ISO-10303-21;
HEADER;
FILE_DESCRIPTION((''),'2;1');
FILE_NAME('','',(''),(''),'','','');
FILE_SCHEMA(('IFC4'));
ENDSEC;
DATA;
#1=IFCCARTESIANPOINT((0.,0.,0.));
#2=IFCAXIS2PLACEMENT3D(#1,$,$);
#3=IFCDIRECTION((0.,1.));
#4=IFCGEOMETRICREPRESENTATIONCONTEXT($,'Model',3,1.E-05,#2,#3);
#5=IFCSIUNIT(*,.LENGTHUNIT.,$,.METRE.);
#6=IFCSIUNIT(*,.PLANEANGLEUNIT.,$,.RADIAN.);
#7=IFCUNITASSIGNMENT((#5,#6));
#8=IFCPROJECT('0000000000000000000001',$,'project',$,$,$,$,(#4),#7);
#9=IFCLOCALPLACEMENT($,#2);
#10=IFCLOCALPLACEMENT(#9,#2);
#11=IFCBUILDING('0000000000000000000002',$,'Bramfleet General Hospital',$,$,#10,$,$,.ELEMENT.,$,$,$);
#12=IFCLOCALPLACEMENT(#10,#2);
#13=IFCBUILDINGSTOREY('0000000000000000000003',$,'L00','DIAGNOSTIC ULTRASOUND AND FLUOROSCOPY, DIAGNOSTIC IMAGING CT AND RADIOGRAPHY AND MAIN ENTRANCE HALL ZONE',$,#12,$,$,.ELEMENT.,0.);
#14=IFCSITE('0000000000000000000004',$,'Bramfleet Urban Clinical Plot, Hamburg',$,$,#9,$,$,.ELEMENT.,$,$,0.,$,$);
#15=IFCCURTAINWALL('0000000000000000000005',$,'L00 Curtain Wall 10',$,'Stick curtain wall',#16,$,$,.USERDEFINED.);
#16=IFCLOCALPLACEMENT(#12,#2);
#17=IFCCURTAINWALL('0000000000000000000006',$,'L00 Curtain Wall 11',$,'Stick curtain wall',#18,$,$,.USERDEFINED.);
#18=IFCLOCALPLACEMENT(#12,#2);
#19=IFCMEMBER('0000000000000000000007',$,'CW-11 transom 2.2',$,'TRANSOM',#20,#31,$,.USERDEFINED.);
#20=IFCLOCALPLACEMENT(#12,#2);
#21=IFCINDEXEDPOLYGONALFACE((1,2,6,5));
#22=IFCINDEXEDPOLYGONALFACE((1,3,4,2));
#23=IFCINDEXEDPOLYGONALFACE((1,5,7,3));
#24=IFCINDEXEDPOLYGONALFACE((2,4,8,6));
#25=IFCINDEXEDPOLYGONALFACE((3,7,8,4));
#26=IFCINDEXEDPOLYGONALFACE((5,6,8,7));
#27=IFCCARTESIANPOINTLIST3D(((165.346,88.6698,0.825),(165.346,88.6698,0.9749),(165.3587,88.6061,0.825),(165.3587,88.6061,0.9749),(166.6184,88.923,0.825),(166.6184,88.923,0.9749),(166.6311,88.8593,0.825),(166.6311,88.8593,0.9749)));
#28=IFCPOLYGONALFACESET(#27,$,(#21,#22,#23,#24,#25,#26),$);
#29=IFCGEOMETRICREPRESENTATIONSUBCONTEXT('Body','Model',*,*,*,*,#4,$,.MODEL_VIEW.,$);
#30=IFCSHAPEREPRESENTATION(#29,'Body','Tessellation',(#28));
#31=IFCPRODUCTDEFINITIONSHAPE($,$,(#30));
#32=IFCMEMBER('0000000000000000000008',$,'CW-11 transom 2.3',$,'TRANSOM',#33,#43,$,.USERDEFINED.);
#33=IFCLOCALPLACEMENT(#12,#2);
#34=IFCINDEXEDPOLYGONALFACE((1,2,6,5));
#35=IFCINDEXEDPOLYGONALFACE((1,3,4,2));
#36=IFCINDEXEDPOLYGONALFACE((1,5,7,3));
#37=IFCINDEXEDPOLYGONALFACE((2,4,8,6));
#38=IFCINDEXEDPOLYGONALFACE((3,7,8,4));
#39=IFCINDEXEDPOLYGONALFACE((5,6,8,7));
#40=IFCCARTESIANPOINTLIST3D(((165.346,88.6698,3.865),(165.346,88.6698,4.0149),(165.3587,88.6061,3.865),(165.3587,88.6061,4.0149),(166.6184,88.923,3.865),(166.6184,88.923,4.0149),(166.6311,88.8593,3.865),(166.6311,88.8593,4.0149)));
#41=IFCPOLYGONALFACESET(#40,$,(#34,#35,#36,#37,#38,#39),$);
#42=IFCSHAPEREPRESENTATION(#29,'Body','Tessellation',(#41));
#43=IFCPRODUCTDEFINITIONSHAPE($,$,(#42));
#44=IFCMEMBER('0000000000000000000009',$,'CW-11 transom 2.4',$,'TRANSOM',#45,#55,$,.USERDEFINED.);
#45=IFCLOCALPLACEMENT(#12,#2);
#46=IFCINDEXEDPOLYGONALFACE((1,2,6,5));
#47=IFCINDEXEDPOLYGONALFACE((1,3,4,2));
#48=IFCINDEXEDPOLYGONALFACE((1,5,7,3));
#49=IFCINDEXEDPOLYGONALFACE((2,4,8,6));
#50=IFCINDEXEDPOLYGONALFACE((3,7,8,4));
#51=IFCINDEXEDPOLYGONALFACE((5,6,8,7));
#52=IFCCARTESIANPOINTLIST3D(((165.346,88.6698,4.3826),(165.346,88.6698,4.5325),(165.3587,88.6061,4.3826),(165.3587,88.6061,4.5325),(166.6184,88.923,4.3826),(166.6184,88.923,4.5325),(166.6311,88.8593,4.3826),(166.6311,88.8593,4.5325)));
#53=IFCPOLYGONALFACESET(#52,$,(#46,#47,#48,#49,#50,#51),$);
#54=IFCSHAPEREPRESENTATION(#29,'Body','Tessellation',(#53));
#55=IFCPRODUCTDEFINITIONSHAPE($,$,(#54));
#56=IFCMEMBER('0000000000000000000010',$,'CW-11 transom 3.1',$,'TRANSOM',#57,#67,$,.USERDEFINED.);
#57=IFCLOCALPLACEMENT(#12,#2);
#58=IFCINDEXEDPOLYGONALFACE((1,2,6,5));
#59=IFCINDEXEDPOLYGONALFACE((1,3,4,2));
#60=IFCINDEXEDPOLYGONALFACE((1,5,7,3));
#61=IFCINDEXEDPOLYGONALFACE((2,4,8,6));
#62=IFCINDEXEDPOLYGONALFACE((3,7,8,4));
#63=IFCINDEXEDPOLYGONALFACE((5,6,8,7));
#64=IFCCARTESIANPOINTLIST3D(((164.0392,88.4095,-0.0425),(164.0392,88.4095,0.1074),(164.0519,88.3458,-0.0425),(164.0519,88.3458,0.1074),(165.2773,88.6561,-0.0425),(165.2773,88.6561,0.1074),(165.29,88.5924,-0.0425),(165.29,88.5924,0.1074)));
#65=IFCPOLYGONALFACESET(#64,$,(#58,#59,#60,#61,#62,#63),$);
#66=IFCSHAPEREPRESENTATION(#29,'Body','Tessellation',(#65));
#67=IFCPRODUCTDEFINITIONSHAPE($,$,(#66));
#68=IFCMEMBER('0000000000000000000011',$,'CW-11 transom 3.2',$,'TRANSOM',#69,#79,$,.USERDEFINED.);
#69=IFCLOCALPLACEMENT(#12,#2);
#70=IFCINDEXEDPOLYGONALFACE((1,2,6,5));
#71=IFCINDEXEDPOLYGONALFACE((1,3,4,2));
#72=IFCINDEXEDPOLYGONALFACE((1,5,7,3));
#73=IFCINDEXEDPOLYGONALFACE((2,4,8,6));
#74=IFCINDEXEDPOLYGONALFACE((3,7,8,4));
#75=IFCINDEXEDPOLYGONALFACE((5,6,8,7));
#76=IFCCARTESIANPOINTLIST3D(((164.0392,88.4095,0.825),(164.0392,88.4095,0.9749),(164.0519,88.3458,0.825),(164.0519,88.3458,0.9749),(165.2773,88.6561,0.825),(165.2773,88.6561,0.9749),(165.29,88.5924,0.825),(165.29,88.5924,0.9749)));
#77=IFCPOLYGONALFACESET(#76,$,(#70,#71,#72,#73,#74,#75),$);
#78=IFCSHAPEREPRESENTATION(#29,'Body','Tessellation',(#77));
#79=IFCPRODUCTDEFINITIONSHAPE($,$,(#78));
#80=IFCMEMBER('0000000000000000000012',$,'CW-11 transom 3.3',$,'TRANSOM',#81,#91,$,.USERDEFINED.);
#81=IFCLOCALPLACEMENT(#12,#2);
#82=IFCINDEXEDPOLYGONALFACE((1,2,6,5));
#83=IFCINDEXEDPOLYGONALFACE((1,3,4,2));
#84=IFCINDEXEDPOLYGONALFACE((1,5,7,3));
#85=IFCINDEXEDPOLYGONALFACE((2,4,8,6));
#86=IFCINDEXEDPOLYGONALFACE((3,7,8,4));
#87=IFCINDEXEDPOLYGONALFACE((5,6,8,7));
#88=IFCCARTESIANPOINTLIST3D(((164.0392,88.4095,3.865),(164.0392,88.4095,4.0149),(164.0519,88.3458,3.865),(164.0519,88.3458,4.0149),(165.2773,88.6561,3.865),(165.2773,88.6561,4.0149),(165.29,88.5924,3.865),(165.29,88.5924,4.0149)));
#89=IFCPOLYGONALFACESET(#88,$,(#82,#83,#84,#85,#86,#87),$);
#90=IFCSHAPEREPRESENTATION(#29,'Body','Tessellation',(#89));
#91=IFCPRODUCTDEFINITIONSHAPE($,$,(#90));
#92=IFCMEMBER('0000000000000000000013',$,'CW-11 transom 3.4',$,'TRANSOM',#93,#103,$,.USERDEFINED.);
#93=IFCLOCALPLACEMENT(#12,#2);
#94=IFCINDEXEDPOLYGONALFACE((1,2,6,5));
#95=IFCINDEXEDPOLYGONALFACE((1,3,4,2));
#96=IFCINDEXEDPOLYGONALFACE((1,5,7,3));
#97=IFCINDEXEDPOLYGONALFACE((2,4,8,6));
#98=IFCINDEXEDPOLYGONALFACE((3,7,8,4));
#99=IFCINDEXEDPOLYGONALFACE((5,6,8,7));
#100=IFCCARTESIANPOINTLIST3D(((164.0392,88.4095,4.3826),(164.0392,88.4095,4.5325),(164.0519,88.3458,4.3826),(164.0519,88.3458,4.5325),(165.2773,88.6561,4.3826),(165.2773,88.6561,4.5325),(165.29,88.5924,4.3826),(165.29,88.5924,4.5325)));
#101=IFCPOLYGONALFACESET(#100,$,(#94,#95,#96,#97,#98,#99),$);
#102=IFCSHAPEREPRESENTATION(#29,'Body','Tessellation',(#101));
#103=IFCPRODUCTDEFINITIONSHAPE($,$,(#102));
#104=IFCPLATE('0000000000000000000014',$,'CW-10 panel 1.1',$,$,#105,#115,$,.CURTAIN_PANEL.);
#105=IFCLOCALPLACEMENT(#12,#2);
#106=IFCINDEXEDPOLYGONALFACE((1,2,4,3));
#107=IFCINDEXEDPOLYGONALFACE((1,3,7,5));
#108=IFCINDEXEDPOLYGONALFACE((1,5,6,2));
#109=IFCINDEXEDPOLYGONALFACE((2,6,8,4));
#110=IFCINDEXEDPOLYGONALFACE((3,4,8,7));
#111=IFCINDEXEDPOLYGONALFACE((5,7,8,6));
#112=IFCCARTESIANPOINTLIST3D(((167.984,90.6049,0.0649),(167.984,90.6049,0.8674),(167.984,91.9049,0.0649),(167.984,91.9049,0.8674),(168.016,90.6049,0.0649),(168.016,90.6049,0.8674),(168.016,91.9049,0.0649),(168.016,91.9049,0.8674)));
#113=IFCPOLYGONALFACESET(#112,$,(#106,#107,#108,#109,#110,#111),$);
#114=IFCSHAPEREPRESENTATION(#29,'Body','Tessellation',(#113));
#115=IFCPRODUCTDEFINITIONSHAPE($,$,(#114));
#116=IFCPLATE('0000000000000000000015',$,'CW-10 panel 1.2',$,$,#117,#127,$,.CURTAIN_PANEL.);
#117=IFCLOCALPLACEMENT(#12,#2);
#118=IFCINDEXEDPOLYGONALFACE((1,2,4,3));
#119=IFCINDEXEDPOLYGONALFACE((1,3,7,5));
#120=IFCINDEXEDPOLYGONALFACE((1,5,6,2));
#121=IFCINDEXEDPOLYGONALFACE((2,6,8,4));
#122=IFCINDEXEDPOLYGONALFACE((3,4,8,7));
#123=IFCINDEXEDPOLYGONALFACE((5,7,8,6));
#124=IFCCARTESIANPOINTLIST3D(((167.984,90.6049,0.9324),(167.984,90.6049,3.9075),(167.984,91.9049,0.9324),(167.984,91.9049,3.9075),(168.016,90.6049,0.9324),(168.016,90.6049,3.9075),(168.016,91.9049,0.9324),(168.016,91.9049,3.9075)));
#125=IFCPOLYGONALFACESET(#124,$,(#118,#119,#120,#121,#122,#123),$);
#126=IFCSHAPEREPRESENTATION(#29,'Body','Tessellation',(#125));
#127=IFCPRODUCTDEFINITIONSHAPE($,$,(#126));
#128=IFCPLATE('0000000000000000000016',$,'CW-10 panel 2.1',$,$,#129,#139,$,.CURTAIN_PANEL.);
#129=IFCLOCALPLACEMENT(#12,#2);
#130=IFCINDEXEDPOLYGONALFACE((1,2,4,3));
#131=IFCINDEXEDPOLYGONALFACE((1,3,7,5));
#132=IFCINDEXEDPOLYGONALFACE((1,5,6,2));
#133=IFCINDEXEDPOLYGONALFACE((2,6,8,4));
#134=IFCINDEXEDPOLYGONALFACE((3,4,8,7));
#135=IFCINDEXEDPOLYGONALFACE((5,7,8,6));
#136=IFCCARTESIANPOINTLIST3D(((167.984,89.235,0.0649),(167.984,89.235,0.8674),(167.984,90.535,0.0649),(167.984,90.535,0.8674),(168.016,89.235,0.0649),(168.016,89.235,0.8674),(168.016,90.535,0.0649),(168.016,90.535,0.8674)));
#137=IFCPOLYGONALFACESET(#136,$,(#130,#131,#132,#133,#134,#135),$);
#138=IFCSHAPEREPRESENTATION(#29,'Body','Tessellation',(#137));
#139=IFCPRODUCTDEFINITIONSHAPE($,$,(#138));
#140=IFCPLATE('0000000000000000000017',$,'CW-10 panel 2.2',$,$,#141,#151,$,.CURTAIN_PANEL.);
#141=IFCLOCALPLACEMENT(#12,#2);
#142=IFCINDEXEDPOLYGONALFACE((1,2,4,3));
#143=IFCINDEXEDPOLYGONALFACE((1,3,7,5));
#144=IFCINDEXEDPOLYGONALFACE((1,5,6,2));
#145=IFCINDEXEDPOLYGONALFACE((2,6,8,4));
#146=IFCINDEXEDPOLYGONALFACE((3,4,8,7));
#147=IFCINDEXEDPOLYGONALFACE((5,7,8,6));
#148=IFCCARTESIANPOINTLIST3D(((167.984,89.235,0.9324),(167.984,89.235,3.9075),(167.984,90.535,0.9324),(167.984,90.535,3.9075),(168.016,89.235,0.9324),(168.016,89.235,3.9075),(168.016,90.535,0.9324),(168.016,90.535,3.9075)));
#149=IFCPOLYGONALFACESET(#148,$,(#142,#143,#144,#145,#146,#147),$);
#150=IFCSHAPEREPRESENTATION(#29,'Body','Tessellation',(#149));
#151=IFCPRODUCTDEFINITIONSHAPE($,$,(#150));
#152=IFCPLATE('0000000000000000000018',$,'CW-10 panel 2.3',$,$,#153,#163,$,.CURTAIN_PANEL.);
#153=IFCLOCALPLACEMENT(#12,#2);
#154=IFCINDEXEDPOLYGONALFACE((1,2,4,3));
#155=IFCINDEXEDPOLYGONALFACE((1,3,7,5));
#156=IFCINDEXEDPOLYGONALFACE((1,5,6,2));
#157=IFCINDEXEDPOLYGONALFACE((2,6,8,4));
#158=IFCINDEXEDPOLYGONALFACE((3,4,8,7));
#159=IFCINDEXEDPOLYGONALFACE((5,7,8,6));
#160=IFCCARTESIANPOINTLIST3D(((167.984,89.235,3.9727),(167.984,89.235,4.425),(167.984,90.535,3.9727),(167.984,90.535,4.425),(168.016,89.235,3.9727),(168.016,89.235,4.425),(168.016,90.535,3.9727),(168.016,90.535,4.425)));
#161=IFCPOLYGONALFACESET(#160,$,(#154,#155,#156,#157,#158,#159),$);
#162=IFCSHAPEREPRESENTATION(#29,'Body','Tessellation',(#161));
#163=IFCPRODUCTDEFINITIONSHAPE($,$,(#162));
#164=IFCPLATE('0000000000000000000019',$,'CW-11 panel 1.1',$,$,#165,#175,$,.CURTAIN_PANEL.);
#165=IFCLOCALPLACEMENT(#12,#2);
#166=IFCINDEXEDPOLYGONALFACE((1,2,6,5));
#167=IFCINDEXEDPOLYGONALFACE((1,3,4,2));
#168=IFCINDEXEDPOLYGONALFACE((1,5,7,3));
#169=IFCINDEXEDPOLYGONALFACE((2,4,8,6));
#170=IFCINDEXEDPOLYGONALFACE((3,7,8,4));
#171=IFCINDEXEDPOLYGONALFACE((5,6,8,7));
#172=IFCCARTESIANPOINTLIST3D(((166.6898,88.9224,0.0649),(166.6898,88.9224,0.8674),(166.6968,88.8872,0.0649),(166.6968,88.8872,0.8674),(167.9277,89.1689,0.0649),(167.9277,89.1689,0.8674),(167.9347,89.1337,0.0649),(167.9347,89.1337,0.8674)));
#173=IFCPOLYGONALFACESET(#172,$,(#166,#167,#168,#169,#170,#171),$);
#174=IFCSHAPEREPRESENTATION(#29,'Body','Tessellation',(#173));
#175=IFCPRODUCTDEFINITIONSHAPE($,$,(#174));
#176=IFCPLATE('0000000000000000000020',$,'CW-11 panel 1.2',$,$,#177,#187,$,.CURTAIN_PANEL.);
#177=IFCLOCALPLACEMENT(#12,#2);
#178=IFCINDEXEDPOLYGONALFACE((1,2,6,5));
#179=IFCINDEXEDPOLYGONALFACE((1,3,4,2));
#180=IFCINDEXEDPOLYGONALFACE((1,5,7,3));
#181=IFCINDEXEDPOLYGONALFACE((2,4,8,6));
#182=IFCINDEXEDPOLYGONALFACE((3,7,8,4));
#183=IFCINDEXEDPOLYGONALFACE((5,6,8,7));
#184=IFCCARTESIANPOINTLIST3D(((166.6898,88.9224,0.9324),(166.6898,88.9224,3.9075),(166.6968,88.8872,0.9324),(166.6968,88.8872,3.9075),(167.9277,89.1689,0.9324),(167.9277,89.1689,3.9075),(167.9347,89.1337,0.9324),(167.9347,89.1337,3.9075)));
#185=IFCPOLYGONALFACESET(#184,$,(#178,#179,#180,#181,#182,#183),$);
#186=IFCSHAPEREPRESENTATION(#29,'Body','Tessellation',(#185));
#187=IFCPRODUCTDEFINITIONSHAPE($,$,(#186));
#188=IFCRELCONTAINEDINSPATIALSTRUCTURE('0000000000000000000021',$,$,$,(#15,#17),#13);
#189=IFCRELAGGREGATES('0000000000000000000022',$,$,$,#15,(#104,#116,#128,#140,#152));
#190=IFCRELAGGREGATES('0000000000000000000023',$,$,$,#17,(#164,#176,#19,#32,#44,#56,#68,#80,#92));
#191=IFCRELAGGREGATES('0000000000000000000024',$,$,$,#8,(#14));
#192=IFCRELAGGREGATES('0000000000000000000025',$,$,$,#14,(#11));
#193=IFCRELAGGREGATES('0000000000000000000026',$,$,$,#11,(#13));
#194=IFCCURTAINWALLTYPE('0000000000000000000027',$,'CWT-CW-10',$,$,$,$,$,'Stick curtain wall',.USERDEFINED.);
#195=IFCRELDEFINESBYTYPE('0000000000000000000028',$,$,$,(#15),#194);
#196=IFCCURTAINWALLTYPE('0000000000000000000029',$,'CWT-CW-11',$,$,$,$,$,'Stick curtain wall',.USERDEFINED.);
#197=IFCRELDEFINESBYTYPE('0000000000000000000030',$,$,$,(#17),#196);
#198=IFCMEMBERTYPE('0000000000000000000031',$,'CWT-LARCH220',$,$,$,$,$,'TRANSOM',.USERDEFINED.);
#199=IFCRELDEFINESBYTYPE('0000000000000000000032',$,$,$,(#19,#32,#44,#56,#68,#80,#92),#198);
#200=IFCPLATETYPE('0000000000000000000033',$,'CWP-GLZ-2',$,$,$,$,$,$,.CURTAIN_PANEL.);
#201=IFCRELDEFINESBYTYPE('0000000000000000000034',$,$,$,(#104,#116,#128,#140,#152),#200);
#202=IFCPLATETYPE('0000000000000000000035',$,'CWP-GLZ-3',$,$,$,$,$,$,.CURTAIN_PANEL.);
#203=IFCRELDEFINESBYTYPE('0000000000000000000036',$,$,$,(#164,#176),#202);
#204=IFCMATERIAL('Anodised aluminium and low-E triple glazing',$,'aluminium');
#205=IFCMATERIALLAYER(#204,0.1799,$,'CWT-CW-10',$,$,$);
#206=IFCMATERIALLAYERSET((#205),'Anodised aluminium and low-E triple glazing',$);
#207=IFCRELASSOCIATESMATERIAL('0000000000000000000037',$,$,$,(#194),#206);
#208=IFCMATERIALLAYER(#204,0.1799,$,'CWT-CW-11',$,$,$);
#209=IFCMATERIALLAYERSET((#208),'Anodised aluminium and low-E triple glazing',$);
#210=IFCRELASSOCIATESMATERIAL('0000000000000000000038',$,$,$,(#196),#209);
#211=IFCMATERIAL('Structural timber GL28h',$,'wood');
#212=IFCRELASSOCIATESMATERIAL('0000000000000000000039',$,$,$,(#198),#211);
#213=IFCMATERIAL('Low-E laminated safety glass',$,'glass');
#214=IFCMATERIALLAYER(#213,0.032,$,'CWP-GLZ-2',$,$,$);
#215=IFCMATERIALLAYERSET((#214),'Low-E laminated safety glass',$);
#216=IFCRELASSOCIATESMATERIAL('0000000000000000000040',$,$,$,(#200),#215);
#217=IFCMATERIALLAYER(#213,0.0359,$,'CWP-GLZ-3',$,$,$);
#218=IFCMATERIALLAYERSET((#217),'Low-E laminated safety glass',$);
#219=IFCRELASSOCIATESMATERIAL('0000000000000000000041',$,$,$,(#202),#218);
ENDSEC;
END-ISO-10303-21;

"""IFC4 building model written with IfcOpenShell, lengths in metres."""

from ifc_helpers import new_model, si_unit, direction, frame, origin, origin_2d, place, context, subcontext, project, spatial, rectangle, extrude, material, layer, layer_set, material_profile, profile_set, type_object, element, aggregate, save


model = new_model("IFC4")

# Units and contexts
model_context = context("Model", 3, precision=1e-05, world=origin(), true_north=direction((0.0, 1.0)))
body_context = subcontext(model_context, "Body", "Model", "MODEL_VIEW")
ifc_project = project(units=[si_unit("LENGTHUNIT", "METRE"), si_unit("PLANEANGLEUNIT", "RADIAN")], contexts=[model_context])

# Site, building, storey
site_placement = place(None, origin())
site = spatial("IfcSite", under=ifc_project, at=site_placement, Name="Bramfleet Urban Clinical Plot, Hamburg", CompositionType="ELEMENT", RefElevation=0.0)
building_placement = place(site_placement, origin())
building = spatial("IfcBuilding", under=site, at=building_placement, Name="Bramfleet General Hospital", CompositionType="ELEMENT")
storey_placement = place(building_placement, origin())
storey = spatial("IfcBuildingStorey", under=building, at=storey_placement, Name="L00", Description="DIAGNOSTIC ULTRASOUND AND FLUOROSCOPY, DIAGNOSTIC IMAGING CT AND RADIOGRAPHY AND MAIN ENTRANCE HALL ZONE", CompositionType="ELEMENT", Elevation=0.0)

# Curtain walls
ifc_material_1 = material(Name="Anodised aluminium and low-E triple glazing", Category="aluminium")
ifc_layer_1 = layer(ifc_material_1, 0.1799, Name="CWT-CW-10")
ifc_layer_set_1 = layer_set([ifc_layer_1], Name="Anodised aluminium and low-E triple glazing")
curtain_wall_type_1 = type_object("IfcCurtainWallType", Name="CWT-CW-10", ElementType="Stick curtain wall", PredefinedType="USERDEFINED", material=ifc_layer_set_1)
curtain_wall_1_placement = place(storey_placement, origin())
curtain_wall_1 = element("IfcCurtainWall", 1, at=curtain_wall_1_placement, inside=storey, type_object=curtain_wall_type_1, Name="L00 Curtain Wall 10", ObjectType="Stick curtain wall", PredefinedType="USERDEFINED")
ifc_material_2 = material(Name="Structural timber GL28h", Category="wood")
ifc_layer_2 = layer(ifc_material_1, 0.1799, Name="CWT-CW-11")
ifc_layer_set_2 = layer_set([ifc_layer_2], Name="Anodised aluminium and low-E triple glazing")
curtain_wall_type_2 = type_object("IfcCurtainWallType", Name="CWT-CW-11", ElementType="Stick curtain wall", PredefinedType="USERDEFINED", material=ifc_layer_set_2)
curtain_wall_2_placement = place(storey_placement, origin())
curtain_wall_2 = element("IfcCurtainWall", 2, at=curtain_wall_2_placement, inside=storey, type_object=curtain_wall_type_2, Name="L00 Curtain Wall 11", ObjectType="Stick curtain wall", PredefinedType="USERDEFINED")

# Members
ifc_material_profile_1 = material_profile(ifc_material_2, rectangle(XDim=0.0649, YDim=0.1499, at=origin_2d()), Name="LARCH 150x65")
ifc_profile_set_1 = profile_set([ifc_material_profile_1], Name="Structural timber GL28h")
member_type_1 = type_object("IfcMemberType", Name="CWT-LARCH220", ElementType="TRANSOM", PredefinedType="USERDEFINED", material=ifc_profile_set_1)
member_1_placement = place(storey_placement, frame((166.6248, 88.8911, 0.8999), z_axis=(-0.980776, -0.195139, 0.0), x_axis=(0.195139, -0.980776, 0.0)))
member_1 = element("IfcMember", 3, at=member_1_placement, type_object=member_type_1, Name="CW-11 transom 2.2", ObjectType="TRANSOM", PredefinedType="USERDEFINED", context=body_context, shape_type="SweptSolid", body=[
    extrude(rectangle(XDim=0.0649, YDim=0.1499, at=origin_2d()), origin(), (0.0, 0.0, 1.0), 1.2974),
])
member_2_placement = place(storey_placement, frame((166.6248, 88.8911, 3.9399), z_axis=(-0.980776, -0.195139, 0.0), x_axis=(0.195139, -0.980776, 0.0)))
member_2 = element("IfcMember", 4, at=member_2_placement, type_object=member_type_1, Name="CW-11 transom 2.3", ObjectType="TRANSOM", PredefinedType="USERDEFINED", context=body_context, shape_type="SweptSolid", body=[
    extrude(rectangle(XDim=0.0649, YDim=0.1499, at=origin_2d()), origin(), (0.0, 0.0, 1.0), 1.2974),
])
member_3_placement = place(storey_placement, frame((166.6248, 88.8911, 4.4575), z_axis=(-0.980776, -0.195139, 0.0), x_axis=(0.195139, -0.980776, 0.0)))
member_3 = element("IfcMember", 5, at=member_3_placement, type_object=member_type_1, Name="CW-11 transom 2.4", ObjectType="TRANSOM", PredefinedType="USERDEFINED", context=body_context, shape_type="SweptSolid", body=[
    extrude(rectangle(XDim=0.0649, YDim=0.1499, at=origin_2d()), origin(), (0.0, 0.0, 1.0), 1.2974),
])
member_4_placement = place(storey_placement, frame((165.2837, 88.6243, 0.0325), z_axis=(-0.980737, -0.195335, 0.0), x_axis=(0.195335, -0.980737, 0.0)))
member_4 = element("IfcMember", 6, at=member_4_placement, type_object=member_type_1, Name="CW-11 transom 3.1", ObjectType="TRANSOM", PredefinedType="USERDEFINED", context=body_context, shape_type="SweptSolid", body=[
    extrude(rectangle(XDim=0.0649, YDim=0.1499, at=origin_2d()), origin(), (0.0, 0.0, 1.0), 1.2625),
])
member_5_placement = place(storey_placement, frame((165.2837, 88.6243, 0.8999), z_axis=(-0.980737, -0.195335, 0.0), x_axis=(0.195335, -0.980737, 0.0)))
member_5 = element("IfcMember", 7, at=member_5_placement, type_object=member_type_1, Name="CW-11 transom 3.2", ObjectType="TRANSOM", PredefinedType="USERDEFINED", context=body_context, shape_type="SweptSolid", body=[
    extrude(rectangle(XDim=0.0649, YDim=0.1499, at=origin_2d()), origin(), (0.0, 0.0, 1.0), 1.2625),
])
member_6_placement = place(storey_placement, frame((165.2837, 88.6243, 3.9399), z_axis=(-0.980737, -0.195335, 0.0), x_axis=(0.195335, -0.980737, 0.0)))
member_6 = element("IfcMember", 8, at=member_6_placement, type_object=member_type_1, Name="CW-11 transom 3.3", ObjectType="TRANSOM", PredefinedType="USERDEFINED", context=body_context, shape_type="SweptSolid", body=[
    extrude(rectangle(XDim=0.0649, YDim=0.1499, at=origin_2d()), origin(), (0.0, 0.0, 1.0), 1.2625),
])
member_7_placement = place(storey_placement, frame((165.2837, 88.6243, 4.4575), z_axis=(-0.980737, -0.195335, 0.0), x_axis=(0.195335, -0.980737, 0.0)))
member_7 = element("IfcMember", 9, at=member_7_placement, type_object=member_type_1, Name="CW-11 transom 3.4", ObjectType="TRANSOM", PredefinedType="USERDEFINED", context=body_context, shape_type="SweptSolid", body=[
    extrude(rectangle(XDim=0.0649, YDim=0.1499, at=origin_2d()), origin(), (0.0, 0.0, 1.0), 1.2625),
])

# Plates
ifc_material_3 = material(Name="Low-E laminated safety glass", Category="glass")
ifc_layer_3 = layer(ifc_material_3, 0.032, Name="CWP-GLZ-2")
ifc_layer_set_3 = layer_set([ifc_layer_3], Name="Low-E laminated safety glass")
plate_type_1 = type_object("IfcPlateType", Name="CWP-GLZ-2", PredefinedType="CURTAIN_PANEL", material=ifc_layer_set_3)
plate_1_placement = place(storey_placement, frame((168.0, 91.2549, 0.0649), z_axis=(0.0, 0.0, 1.0), x_axis=(0.0, -1.0, 0.0)))
plate_1 = element("IfcPlate", 10, at=plate_1_placement, type_object=plate_type_1, Name="CW-10 panel 1.1", PredefinedType="CURTAIN_PANEL", context=body_context, shape_type="SweptSolid", body=[
    extrude(rectangle(XDim=1.3, YDim=0.032, at=origin_2d()), origin(), (0.0, 0.0, 1.0), 0.8025),
])
plate_2_placement = place(storey_placement, frame((168.0, 91.2549, 0.9324), z_axis=(0.0, 0.0, 1.0), x_axis=(0.0, -1.0, 0.0)))
plate_2 = element("IfcPlate", 11, at=plate_2_placement, type_object=plate_type_1, Name="CW-10 panel 1.2", PredefinedType="CURTAIN_PANEL", context=body_context, shape_type="SweptSolid", body=[
    extrude(rectangle(XDim=1.3, YDim=0.032, at=origin_2d()), origin(), (0.0, 0.0, 1.0), 2.9751),
])
plate_3_placement = place(storey_placement, frame((168.0, 89.885, 0.0649), z_axis=(0.0, 0.0, 1.0), x_axis=(0.0, -1.0, 0.0)))
plate_3 = element("IfcPlate", 12, at=plate_3_placement, type_object=plate_type_1, Name="CW-10 panel 2.1", PredefinedType="CURTAIN_PANEL", context=body_context, shape_type="SweptSolid", body=[
    extrude(rectangle(XDim=1.3, YDim=0.032, at=origin_2d()), origin(), (0.0, 0.0, 1.0), 0.8025),
])
plate_4_placement = place(storey_placement, frame((168.0, 89.885, 0.9324), z_axis=(0.0, 0.0, 1.0), x_axis=(0.0, -1.0, 0.0)))
plate_4 = element("IfcPlate", 13, at=plate_4_placement, type_object=plate_type_1, Name="CW-10 panel 2.2", PredefinedType="CURTAIN_PANEL", context=body_context, shape_type="SweptSolid", body=[
    extrude(rectangle(XDim=1.3, YDim=0.032, at=origin_2d()), origin(), (0.0, 0.0, 1.0), 2.9751),
])
plate_5_placement = place(storey_placement, frame((168.0, 89.885, 3.9727), z_axis=(0.0, 0.0, 1.0), x_axis=(0.0, -1.0, 0.0)))
plate_5 = element("IfcPlate", 14, at=plate_5_placement, type_object=plate_type_1, Name="CW-10 panel 2.3", PredefinedType="CURTAIN_PANEL", context=body_context, shape_type="SweptSolid", body=[
    extrude(rectangle(XDim=1.3, YDim=0.032, at=origin_2d()), origin(), (0.0, 0.0, 1.0), 0.4524),
])
aggregate(curtain_wall_1, [plate_1, plate_2, plate_3, plate_4, plate_5])
ifc_layer_4 = layer(ifc_material_3, 0.0359, Name="CWP-GLZ-3")
ifc_layer_set_4 = layer_set([ifc_layer_4], Name="Low-E laminated safety glass")
plate_type_2 = type_object("IfcPlateType", Name="CWP-GLZ-3", PredefinedType="CURTAIN_PANEL", material=ifc_layer_set_4)
plate_6_placement = place(storey_placement, frame((167.3123, 89.0281, 0.0649), z_axis=(0.0, 0.0, 1.0), x_axis=(-0.980749, -0.195272, 0.0)))
plate_6 = element("IfcPlate", 15, at=plate_6_placement, type_object=plate_type_2, Name="CW-11 panel 1.1", PredefinedType="CURTAIN_PANEL", context=body_context, shape_type="SweptSolid", body=[
    extrude(rectangle(XDim=1.2622, YDim=0.0359, at=origin_2d()), origin(), (0.0, 0.0, 1.0), 0.8025),
])
plate_7_placement = place(storey_placement, frame((167.3123, 89.0281, 0.9324), z_axis=(0.0, 0.0, 1.0), x_axis=(-0.980749, -0.195272, 0.0)))
plate_7 = element("IfcPlate", 16, at=plate_7_placement, type_object=plate_type_2, Name="CW-11 panel 1.2", PredefinedType="CURTAIN_PANEL", context=body_context, shape_type="SweptSolid", body=[
    extrude(rectangle(XDim=1.2622, YDim=0.0359, at=origin_2d()), origin(), (0.0, 0.0, 1.0), 2.9751),
])
aggregate(curtain_wall_2, [plate_6, plate_7, member_1, member_2, member_3, member_4, member_5, member_6, member_7])

save(model, "model.ifc")
